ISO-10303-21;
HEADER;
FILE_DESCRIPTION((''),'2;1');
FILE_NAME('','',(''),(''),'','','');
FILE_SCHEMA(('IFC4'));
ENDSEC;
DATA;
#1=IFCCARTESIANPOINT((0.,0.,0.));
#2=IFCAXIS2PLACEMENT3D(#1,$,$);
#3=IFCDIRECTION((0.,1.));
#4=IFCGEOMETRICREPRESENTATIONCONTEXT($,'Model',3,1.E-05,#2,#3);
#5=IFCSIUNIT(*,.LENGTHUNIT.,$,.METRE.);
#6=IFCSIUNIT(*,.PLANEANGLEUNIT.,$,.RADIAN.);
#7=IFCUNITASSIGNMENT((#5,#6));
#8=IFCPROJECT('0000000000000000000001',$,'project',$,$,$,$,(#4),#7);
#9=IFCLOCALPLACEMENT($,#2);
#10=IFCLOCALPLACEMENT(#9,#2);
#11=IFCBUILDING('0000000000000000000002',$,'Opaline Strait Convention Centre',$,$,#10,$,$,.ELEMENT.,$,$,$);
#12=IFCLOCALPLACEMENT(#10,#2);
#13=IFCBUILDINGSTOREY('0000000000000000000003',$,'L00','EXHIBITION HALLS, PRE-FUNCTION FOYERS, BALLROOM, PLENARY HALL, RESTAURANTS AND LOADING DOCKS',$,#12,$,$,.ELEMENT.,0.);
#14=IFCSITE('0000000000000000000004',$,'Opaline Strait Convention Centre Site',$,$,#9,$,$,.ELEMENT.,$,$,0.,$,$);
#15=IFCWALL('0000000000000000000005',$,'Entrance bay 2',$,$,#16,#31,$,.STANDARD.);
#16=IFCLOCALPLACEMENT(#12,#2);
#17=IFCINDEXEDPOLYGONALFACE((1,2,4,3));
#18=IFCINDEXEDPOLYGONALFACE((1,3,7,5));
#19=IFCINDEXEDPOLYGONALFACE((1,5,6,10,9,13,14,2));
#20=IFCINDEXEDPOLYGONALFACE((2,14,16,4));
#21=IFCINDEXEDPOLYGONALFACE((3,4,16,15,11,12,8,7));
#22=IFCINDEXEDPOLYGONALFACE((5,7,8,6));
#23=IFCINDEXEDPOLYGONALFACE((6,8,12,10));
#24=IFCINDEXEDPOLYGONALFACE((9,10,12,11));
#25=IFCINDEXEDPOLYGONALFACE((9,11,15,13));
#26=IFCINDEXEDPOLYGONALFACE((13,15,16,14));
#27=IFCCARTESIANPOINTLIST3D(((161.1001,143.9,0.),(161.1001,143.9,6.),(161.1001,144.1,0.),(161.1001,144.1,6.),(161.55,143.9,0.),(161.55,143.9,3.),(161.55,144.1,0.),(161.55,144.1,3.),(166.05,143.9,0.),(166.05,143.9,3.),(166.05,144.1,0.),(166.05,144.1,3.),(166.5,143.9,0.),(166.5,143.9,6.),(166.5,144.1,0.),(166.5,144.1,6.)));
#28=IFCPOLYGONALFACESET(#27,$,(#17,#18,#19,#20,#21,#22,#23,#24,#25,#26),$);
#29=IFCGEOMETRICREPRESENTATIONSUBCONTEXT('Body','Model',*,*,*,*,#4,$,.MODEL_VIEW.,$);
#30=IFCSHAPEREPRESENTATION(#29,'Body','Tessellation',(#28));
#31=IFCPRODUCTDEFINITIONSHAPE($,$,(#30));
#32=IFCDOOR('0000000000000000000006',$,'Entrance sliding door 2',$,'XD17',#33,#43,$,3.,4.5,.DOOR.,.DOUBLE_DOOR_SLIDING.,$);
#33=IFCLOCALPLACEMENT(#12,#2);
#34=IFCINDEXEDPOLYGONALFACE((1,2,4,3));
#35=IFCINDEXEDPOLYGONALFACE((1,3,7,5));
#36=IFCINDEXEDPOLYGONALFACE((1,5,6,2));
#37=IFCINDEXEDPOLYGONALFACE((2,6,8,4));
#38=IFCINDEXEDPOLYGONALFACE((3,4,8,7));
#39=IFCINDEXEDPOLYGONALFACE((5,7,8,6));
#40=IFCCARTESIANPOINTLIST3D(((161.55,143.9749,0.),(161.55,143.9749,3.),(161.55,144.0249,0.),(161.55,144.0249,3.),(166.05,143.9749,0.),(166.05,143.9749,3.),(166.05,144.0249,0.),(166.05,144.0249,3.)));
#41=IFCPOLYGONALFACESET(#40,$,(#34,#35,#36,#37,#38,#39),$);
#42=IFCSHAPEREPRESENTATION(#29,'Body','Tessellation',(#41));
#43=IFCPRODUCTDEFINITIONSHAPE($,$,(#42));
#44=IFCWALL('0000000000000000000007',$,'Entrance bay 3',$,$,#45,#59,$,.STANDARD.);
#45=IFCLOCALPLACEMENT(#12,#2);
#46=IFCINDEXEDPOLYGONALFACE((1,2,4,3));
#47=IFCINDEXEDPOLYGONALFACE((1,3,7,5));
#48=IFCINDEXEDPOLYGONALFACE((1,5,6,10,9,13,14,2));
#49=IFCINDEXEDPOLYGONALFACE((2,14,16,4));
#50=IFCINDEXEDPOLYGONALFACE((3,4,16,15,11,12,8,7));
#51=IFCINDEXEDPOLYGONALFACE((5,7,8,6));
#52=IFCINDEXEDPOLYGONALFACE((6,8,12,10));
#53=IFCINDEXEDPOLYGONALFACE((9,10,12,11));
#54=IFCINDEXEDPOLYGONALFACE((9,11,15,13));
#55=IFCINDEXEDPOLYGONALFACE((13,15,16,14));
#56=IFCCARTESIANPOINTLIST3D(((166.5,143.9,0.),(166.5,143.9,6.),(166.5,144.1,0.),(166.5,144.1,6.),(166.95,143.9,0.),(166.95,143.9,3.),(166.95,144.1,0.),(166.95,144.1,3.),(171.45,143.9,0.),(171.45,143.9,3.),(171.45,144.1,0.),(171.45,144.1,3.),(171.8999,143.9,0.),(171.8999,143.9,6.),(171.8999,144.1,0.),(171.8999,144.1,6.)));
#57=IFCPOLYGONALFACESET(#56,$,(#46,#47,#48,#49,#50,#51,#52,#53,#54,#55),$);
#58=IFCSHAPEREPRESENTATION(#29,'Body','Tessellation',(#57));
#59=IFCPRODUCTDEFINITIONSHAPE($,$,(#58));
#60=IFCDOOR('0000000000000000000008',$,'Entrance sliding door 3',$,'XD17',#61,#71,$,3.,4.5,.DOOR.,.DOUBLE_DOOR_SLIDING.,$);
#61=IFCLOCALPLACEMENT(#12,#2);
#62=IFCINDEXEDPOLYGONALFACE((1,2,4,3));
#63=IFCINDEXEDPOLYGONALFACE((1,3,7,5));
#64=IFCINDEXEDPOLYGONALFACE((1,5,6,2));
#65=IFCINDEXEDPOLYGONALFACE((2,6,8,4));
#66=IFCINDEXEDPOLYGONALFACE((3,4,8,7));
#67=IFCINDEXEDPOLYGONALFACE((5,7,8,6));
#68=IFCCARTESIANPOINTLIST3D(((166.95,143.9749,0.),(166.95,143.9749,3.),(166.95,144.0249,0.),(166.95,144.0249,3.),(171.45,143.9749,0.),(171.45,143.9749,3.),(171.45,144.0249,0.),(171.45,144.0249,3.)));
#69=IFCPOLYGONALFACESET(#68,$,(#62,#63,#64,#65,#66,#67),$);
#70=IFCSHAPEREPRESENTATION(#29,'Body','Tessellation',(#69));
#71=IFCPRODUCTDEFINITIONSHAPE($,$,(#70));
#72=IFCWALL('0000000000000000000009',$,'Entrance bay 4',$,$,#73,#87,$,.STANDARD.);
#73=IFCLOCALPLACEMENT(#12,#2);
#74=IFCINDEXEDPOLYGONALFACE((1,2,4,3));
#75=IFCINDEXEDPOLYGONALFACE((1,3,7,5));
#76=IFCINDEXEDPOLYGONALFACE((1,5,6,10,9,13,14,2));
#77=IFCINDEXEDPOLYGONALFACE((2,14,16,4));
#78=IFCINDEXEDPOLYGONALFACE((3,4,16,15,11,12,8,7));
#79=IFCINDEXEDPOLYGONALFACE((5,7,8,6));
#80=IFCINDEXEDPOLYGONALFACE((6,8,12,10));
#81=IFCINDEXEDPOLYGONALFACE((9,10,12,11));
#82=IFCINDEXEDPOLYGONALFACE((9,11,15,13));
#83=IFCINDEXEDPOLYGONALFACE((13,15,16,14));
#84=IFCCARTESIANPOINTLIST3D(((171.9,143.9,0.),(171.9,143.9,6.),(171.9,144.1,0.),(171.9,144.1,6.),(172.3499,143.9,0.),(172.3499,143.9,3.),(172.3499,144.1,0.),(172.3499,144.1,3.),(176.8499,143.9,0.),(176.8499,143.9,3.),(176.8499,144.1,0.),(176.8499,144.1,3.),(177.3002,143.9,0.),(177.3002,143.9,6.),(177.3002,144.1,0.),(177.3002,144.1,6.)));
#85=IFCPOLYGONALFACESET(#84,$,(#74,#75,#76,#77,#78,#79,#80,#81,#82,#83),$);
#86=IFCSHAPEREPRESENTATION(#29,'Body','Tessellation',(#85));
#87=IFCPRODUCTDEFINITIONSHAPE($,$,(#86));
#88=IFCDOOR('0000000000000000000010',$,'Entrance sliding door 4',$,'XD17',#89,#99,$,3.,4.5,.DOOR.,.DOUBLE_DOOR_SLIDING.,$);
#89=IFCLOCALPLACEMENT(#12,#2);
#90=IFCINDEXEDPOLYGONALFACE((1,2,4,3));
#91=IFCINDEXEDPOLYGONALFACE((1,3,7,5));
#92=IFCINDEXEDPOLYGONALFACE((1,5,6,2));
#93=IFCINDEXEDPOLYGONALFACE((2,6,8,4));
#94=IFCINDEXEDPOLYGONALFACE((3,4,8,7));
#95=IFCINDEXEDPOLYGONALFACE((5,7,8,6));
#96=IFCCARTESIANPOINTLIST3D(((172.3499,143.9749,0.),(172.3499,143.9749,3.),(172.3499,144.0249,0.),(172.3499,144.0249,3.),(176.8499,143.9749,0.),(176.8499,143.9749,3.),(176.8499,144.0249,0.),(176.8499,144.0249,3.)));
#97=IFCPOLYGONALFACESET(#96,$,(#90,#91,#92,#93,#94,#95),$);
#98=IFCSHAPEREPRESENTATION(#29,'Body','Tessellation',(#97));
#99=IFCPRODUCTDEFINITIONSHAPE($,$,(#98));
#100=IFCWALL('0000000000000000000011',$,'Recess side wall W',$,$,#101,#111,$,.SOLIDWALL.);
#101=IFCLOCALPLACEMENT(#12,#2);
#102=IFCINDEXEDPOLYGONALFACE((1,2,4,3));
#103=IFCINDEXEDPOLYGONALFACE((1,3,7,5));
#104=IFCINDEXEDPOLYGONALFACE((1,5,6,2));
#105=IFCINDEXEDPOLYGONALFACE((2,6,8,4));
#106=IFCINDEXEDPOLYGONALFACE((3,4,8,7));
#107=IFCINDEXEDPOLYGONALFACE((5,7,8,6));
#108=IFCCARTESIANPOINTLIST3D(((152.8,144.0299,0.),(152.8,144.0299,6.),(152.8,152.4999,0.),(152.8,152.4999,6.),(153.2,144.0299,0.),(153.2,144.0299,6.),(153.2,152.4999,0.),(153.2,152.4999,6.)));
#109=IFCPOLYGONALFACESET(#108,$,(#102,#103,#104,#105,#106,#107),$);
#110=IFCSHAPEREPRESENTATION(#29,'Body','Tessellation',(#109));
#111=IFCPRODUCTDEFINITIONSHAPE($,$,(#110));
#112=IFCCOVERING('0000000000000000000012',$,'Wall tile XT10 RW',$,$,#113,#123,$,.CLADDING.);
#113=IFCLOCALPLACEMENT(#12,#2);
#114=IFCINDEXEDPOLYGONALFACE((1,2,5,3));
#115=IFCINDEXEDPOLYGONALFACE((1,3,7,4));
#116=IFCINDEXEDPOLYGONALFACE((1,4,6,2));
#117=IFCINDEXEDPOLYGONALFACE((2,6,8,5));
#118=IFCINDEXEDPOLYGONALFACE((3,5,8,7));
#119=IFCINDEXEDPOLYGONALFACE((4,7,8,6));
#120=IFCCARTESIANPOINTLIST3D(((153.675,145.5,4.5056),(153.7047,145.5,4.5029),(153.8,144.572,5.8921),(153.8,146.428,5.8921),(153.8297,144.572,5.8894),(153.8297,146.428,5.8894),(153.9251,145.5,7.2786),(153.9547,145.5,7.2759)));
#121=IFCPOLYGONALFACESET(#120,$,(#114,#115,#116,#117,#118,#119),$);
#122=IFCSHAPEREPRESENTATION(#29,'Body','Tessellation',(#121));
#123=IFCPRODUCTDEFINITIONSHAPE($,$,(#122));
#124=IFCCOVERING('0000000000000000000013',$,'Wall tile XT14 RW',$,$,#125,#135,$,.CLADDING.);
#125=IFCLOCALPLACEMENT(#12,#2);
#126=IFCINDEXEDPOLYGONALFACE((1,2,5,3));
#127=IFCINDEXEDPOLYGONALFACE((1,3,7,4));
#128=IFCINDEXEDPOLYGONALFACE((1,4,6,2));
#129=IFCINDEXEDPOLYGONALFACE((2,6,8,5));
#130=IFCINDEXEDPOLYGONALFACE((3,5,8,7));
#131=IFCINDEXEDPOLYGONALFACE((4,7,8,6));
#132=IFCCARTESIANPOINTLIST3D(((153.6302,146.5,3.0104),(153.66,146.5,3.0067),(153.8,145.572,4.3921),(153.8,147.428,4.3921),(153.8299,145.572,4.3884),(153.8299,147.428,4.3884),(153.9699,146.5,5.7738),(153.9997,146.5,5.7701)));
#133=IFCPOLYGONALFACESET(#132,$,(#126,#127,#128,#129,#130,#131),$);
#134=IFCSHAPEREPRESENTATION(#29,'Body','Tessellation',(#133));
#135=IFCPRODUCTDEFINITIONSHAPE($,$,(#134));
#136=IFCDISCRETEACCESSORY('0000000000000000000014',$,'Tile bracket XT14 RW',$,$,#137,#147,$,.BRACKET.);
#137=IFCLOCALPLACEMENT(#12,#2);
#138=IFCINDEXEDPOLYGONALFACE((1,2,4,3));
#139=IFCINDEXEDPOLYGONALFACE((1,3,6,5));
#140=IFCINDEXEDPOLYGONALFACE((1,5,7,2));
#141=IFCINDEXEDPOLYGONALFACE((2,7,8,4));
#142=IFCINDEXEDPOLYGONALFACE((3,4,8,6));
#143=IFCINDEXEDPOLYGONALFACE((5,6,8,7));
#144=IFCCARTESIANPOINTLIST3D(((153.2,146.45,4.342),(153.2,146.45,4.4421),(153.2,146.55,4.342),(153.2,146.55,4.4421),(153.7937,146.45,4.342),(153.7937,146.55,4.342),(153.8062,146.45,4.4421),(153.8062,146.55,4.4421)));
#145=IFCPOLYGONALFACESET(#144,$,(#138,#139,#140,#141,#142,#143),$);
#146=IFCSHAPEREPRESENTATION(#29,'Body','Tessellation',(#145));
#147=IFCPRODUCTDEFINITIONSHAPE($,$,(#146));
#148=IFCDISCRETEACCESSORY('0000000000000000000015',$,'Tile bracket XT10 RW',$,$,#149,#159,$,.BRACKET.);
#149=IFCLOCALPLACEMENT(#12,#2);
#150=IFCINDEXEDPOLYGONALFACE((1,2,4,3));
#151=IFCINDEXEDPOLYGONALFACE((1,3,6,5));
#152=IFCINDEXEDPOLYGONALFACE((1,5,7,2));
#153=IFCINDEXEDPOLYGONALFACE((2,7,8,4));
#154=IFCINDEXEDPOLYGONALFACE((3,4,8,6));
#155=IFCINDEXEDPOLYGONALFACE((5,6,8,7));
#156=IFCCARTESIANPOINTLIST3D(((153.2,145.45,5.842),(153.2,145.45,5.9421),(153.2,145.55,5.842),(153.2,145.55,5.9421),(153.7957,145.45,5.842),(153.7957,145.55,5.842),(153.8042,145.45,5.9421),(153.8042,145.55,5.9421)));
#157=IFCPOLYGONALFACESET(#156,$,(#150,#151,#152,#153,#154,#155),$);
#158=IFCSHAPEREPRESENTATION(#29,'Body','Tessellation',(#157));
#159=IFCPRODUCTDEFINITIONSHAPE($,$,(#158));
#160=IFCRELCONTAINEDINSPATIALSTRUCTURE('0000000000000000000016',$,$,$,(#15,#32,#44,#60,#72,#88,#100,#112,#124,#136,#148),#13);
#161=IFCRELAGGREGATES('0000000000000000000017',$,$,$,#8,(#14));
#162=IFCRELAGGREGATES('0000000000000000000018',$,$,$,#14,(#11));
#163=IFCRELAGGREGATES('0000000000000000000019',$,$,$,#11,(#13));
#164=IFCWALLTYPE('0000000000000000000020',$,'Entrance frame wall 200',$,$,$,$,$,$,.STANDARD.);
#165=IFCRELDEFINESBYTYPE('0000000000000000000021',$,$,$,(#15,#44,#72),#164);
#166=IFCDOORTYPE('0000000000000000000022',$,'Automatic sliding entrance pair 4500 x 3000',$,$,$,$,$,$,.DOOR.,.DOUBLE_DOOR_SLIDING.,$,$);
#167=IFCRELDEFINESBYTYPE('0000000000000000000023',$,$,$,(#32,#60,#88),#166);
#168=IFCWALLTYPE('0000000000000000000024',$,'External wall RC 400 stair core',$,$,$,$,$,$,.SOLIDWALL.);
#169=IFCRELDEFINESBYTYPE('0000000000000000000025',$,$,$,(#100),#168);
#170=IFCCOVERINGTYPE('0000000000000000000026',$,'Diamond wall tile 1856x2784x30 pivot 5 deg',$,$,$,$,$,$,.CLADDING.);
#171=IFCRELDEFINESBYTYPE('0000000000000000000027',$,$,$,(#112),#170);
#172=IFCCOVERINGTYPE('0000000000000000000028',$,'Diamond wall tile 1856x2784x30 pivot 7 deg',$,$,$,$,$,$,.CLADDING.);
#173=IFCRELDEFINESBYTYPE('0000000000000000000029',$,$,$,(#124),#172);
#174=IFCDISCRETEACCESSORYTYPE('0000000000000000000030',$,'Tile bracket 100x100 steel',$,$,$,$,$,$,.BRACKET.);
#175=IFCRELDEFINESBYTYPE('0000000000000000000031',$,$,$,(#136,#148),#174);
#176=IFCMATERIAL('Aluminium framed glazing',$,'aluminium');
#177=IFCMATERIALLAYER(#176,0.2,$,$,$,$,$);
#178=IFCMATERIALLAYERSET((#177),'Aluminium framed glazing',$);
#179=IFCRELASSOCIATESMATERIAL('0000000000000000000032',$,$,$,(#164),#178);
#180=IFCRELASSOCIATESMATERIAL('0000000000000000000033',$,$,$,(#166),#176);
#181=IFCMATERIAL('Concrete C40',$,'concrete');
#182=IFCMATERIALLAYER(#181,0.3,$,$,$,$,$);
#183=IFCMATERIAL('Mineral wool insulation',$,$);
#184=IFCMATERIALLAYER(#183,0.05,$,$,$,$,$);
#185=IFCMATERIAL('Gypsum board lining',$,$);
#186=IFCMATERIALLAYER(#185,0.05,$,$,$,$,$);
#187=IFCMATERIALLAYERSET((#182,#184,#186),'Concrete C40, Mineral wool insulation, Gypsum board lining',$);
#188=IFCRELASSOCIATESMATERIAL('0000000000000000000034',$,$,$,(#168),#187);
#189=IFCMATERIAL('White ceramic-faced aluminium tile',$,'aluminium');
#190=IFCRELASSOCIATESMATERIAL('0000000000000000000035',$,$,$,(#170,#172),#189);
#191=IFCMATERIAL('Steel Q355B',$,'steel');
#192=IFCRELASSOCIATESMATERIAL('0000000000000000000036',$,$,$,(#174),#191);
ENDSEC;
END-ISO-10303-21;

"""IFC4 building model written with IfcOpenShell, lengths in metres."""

from ifc_helpers import new_model, si_unit, direction, frame, frame_2d, origin, place, context, subcontext, project, spatial, polyline, rectangle, outline, extrude, material, layer, layer_set, material_profile, profile_set, type_object, element, fill, save


model = new_model("IFC4")

# Units and contexts
model_context = context("Model", 3, precision=1e-05, world=origin(), true_north=direction((0.0, 1.0)))
body_context = subcontext(model_context, "Body", "Model", "MODEL_VIEW")
ifc_project = project(units=[si_unit("LENGTHUNIT", "METRE"), si_unit("PLANEANGLEUNIT", "RADIAN")], contexts=[model_context])

# Site, building, storey
site_placement = place(None, origin())
site = spatial("IfcSite", under=ifc_project, at=site_placement, Name="Opaline Strait Convention Centre Site", CompositionType="ELEMENT", RefElevation=0.0)
building_placement = place(site_placement, origin())
building = spatial("IfcBuilding", under=site, at=building_placement, Name="Opaline Strait Convention Centre", CompositionType="ELEMENT")
storey_placement = place(building_placement, origin())
storey = spatial("IfcBuildingStorey", under=building, at=storey_placement, Name="L00", Description="EXHIBITION HALLS, PRE-FUNCTION FOYERS, BALLROOM, PLENARY HALL, RESTAURANTS AND LOADING DOCKS", CompositionType="ELEMENT", Elevation=0.0)

# Shared definitions
ifc_material_1 = material(Name="Aluminium framed glazing", Category="aluminium")

# Walls, openings, doors
ifc_layer_1 = layer(ifc_material_1, 0.2)
ifc_layer_set_1 = layer_set([ifc_layer_1], Name="Aluminium framed glazing")
wall_type_1 = type_object("IfcWallType", Name="Entrance frame wall 200", PredefinedType="STANDARD", material=ifc_layer_set_1)
door_type = type_object("IfcDoorType", Name="Automatic sliding entrance pair 4500 x 3000", OperationType="DOUBLE_DOOR_SLIDING", PredefinedType="DOOR", material=ifc_material_1)
wall_1_placement = place(storey_placement, frame((161.1001, 144.0, 0.0), z_axis=(0.0, 0.0, 1.0), x_axis=(1.0, 0.0, 0.0)))
wall_1 = element("IfcWall", 1, at=wall_1_placement, inside=storey, type_object=wall_type_1, Name="Entrance bay 2", PredefinedType="STANDARD", context=body_context, shape_type="SweptSolid", body=[
    extrude(rectangle(XDim=5.3999, YDim=0.2, at=frame_2d((2.7, 0.0))), origin(), (0.0, 0.0, 1.0), 6.0),
])
opening_1_placement = place(wall_1_placement, frame((0.45, 0.0, 0.0)))
opening_1 = element("IfcOpeningElement", 2, at=opening_1_placement, cuts=wall_1, PredefinedType="OPENING", context=body_context, shape_type="SweptSolid", body=[
    extrude(rectangle(XDim=4.5, YDim=3.0, at=frame_2d((2.25, 1.5))), frame((0.0, 0.1099, 0.0), z_axis=(0.0, -1.0, 0.0), x_axis=(1.0, 0.0, 0.0)), (0.0, 0.0, 1.0), 0.22),
])
door_1_placement = place(opening_1_placement, origin())
door_1 = element("IfcDoor", 3, at=door_1_placement, inside=storey, type_object=door_type, Name="Entrance sliding door 2", ObjectType="XD17", OperationType="DOUBLE_DOOR_SLIDING", OverallHeight=3.0, OverallWidth=4.5, PredefinedType="DOOR", context=body_context, shape_type="SweptSolid", body=[
    extrude(rectangle(XDim=4.5, YDim=3.0, at=frame_2d((2.25, 1.5))), frame((0.0, 0.0249, 0.0), z_axis=(0.0, -1.0, 0.0), x_axis=(1.0, 0.0, 0.0)), (0.0, 0.0, 1.0), 0.05),
])
fill(opening_1, door_1)
wall_2_placement = place(storey_placement, frame((166.5, 144.0, 0.0), z_axis=(0.0, 0.0, 1.0), x_axis=(1.0, 0.0, 0.0)))
wall_2 = element("IfcWall", 4, at=wall_2_placement, inside=storey, type_object=wall_type_1, Name="Entrance bay 3", PredefinedType="STANDARD", context=body_context, shape_type="SweptSolid", body=[
    extrude(rectangle(XDim=5.3999, YDim=0.2, at=frame_2d((2.7, 0.0))), origin(), (0.0, 0.0, 1.0), 6.0),
])
opening_2_placement = place(wall_2_placement, frame((0.45, 0.0, 0.0)))
opening_2 = element("IfcOpeningElement", 5, at=opening_2_placement, cuts=wall_2, PredefinedType="OPENING", context=body_context, shape_type="SweptSolid", body=[
    extrude(rectangle(XDim=4.5, YDim=3.0, at=frame_2d((2.25, 1.5))), frame((0.0, 0.1099, 0.0), z_axis=(0.0, -1.0, 0.0), x_axis=(1.0, 0.0, 0.0)), (0.0, 0.0, 1.0), 0.22),
])
door_2_placement = place(opening_2_placement, origin())
door_2 = element("IfcDoor", 6, at=door_2_placement, inside=storey, type_object=door_type, Name="Entrance sliding door 3", ObjectType="XD17", OperationType="DOUBLE_DOOR_SLIDING", OverallHeight=3.0, OverallWidth=4.5, PredefinedType="DOOR", context=body_context, shape_type="SweptSolid", body=[
    extrude(rectangle(XDim=4.5, YDim=3.0, at=frame_2d((2.25, 1.5))), frame((0.0, 0.0249, 0.0), z_axis=(0.0, -1.0, 0.0), x_axis=(1.0, 0.0, 0.0)), (0.0, 0.0, 1.0), 0.05),
])
fill(opening_2, door_2)
wall_3_placement = place(storey_placement, frame((171.8999, 144.0, 0.0), z_axis=(0.0, 0.0, 1.0), x_axis=(1.0, 0.0, 0.0)))
wall_3 = element("IfcWall", 7, at=wall_3_placement, inside=storey, type_object=wall_type_1, Name="Entrance bay 4", PredefinedType="STANDARD", context=body_context, shape_type="SweptSolid", body=[
    extrude(rectangle(XDim=5.4001, YDim=0.2, at=frame_2d((2.7002, 0.0))), origin(), (0.0, 0.0, 1.0), 6.0),
])
opening_3_placement = place(wall_3_placement, frame((0.45, 0.0, 0.0)))
opening_3 = element("IfcOpeningElement", 8, at=opening_3_placement, cuts=wall_3, PredefinedType="OPENING", context=body_context, shape_type="SweptSolid", body=[
    extrude(rectangle(XDim=4.5, YDim=3.0, at=frame_2d((2.25, 1.5))), frame((0.0, 0.1099, 0.0), z_axis=(0.0, -1.0, 0.0), x_axis=(1.0, 0.0, 0.0)), (0.0, 0.0, 1.0), 0.22),
])
door_3_placement = place(opening_3_placement, origin())
door_3 = element("IfcDoor", 9, at=door_3_placement, inside=storey, type_object=door_type, Name="Entrance sliding door 4", ObjectType="XD17", OperationType="DOUBLE_DOOR_SLIDING", OverallHeight=3.0, OverallWidth=4.5, PredefinedType="DOOR", context=body_context, shape_type="SweptSolid", body=[
    extrude(rectangle(XDim=4.5, YDim=3.0, at=frame_2d((2.25, 1.5))), frame((0.0, 0.0249, 0.0), z_axis=(0.0, -1.0, 0.0), x_axis=(1.0, 0.0, 0.0)), (0.0, 0.0, 1.0), 0.05),
])
fill(opening_3, door_3)

# Wall
ifc_material_2 = material(Name="Concrete C40", Category="concrete")
ifc_layer_2 = layer(ifc_material_2, 0.3)
ifc_material_3 = material(Name="Mineral wool insulation")
ifc_layer_3 = layer(ifc_material_3, 0.05)
ifc_material_4 = material(Name="Gypsum board lining")
ifc_layer_4 = layer(ifc_material_4, 0.05)
ifc_layer_set_2 = layer_set([ifc_layer_2, ifc_layer_3, ifc_layer_4], Name="Concrete C40, Mineral wool insulation, Gypsum board lining")
wall_type_2 = type_object("IfcWallType", Name="External wall RC 400 stair core", PredefinedType="SOLIDWALL", material=ifc_layer_set_2)
wall_4_placement = place(storey_placement, frame((153.0, 144.03, 0.0), z_axis=(0.0, 0.0, 1.0), x_axis=(0.0, 1.0, 0.0)))
element("IfcWall", 10, at=wall_4_placement, inside=storey, type_object=wall_type_2, Name="Recess side wall W", PredefinedType="SOLIDWALL", context=body_context, shape_type="SweptSolid", body=[
    extrude(rectangle(XDim=8.47, YDim=0.3999, at=frame_2d((4.2349, 0.0))), origin(), (0.0, 0.0, 1.0), 6.0),
])

# Coverings
ifc_material_5 = material(Name="White ceramic-faced aluminium tile", Category="aluminium")
ifc_material_profile_1 = material_profile(ifc_material_5, outline(polyline([(0.928, 0.0), (0.0, 1.3921), (-0.928, 0.0), (0.0, -1.3921), (0.928, 0.0)])), Name="Diamond tile 1856x2784")
ifc_profile_set_1 = profile_set([ifc_material_profile_1], Name="White ceramic-faced aluminium tile")
covering_type_1 = type_object("IfcCoveringType", Name="Diamond wall tile 1856x2784x30 pivot 5 deg", PredefinedType="CLADDING", material=ifc_profile_set_1)
covering_1_placement = place(storey_placement, frame((153.8, 145.5, 5.8921), z_axis=(0.99596, 0.0, -0.0898), x_axis=(0.0, 1.0, 0.0)))
element("IfcCovering", 11, at=covering_1_placement, inside=storey, type_object=covering_type_1, Name="Wall tile XT10 RW", PredefinedType="CLADDING", context=body_context, shape_type="SweptSolid", body=[
    extrude(outline(polyline([(0.928, 0.0), (0.0, 1.3921), (-0.928, 0.0), (0.0, -1.3921), (0.928, 0.0)])), origin(), (0.0, 0.0, 1.0), 0.0298),
])
ifc_material_profile_2 = material_profile(ifc_material_5, outline(polyline([(0.928, 0.0), (0.0, 1.3921), (-0.928, 0.0), (0.0, -1.3921), (0.928, 0.0)])), Name="Diamond tile 1856x2784")
ifc_profile_set_2 = profile_set([ifc_material_profile_2], Name="White ceramic-faced aluminium tile")
covering_type_2 = type_object("IfcCoveringType", Name="Diamond wall tile 1856x2784x30 pivot 7 deg", PredefinedType="CLADDING", material=ifc_profile_set_2)
covering_2_placement = place(storey_placement, frame((153.8, 146.5, 4.3921), z_axis=(0.992526, 0.0, -0.122032), x_axis=(0.0, 1.0, 0.0)))
element("IfcCovering", 12, at=covering_2_placement, inside=storey, type_object=covering_type_2, Name="Wall tile XT14 RW", PredefinedType="CLADDING", context=body_context, shape_type="SweptSolid", body=[
    extrude(outline(polyline([(0.928, 0.0), (0.0, 1.3921), (-0.928, 0.0), (0.0, -1.3921), (0.928, 0.0)])), origin(), (0.0, 0.0, 1.0), 0.03),
])

# Discrete accessories
ifc_material_6 = material(Name="Steel Q355B", Category="steel")
discrete_accessory_type = type_object("IfcDiscreteAccessoryType", Name="Tile bracket 100x100 steel", PredefinedType="BRACKET", material=ifc_material_6)
discrete_accessory_1_placement = place(storey_placement, frame((153.2, 146.45, 4.3921), z_axis=(0.0, 1.0, 0.0), x_axis=(-1.0, 0.0, 0.0)))
element("IfcDiscreteAccessory", 13, at=discrete_accessory_1_placement, inside=storey, type_object=discrete_accessory_type, Name="Tile bracket XT14 RW", PredefinedType="BRACKET", context=body_context, shape_type="SweptSolid", body=[
    extrude(outline(polyline([(0.0, -0.05), (0.0, 0.05), (-0.6062, 0.05), (-0.5938, -0.05), (0.0, -0.05)])), origin(), (0.0, 0.0, 1.0), 0.1001),
])
discrete_accessory_2_placement = place(storey_placement, frame((153.2, 145.45, 5.8921), z_axis=(0.0, 1.0, 0.0), x_axis=(-1.0, 0.0, 0.0)))
element("IfcDiscreteAccessory", 14, at=discrete_accessory_2_placement, inside=storey, type_object=discrete_accessory_type, Name="Tile bracket XT10 RW", PredefinedType="BRACKET", context=body_context, shape_type="SweptSolid", body=[
    extrude(outline(polyline([(0.0, -0.05), (0.0, 0.05), (-0.6042, 0.05), (-0.5957, -0.05), (0.0, -0.05)])), origin(), (0.0, 0.0, 1.0), 0.1001),
])

save(model, "model.ifc")
